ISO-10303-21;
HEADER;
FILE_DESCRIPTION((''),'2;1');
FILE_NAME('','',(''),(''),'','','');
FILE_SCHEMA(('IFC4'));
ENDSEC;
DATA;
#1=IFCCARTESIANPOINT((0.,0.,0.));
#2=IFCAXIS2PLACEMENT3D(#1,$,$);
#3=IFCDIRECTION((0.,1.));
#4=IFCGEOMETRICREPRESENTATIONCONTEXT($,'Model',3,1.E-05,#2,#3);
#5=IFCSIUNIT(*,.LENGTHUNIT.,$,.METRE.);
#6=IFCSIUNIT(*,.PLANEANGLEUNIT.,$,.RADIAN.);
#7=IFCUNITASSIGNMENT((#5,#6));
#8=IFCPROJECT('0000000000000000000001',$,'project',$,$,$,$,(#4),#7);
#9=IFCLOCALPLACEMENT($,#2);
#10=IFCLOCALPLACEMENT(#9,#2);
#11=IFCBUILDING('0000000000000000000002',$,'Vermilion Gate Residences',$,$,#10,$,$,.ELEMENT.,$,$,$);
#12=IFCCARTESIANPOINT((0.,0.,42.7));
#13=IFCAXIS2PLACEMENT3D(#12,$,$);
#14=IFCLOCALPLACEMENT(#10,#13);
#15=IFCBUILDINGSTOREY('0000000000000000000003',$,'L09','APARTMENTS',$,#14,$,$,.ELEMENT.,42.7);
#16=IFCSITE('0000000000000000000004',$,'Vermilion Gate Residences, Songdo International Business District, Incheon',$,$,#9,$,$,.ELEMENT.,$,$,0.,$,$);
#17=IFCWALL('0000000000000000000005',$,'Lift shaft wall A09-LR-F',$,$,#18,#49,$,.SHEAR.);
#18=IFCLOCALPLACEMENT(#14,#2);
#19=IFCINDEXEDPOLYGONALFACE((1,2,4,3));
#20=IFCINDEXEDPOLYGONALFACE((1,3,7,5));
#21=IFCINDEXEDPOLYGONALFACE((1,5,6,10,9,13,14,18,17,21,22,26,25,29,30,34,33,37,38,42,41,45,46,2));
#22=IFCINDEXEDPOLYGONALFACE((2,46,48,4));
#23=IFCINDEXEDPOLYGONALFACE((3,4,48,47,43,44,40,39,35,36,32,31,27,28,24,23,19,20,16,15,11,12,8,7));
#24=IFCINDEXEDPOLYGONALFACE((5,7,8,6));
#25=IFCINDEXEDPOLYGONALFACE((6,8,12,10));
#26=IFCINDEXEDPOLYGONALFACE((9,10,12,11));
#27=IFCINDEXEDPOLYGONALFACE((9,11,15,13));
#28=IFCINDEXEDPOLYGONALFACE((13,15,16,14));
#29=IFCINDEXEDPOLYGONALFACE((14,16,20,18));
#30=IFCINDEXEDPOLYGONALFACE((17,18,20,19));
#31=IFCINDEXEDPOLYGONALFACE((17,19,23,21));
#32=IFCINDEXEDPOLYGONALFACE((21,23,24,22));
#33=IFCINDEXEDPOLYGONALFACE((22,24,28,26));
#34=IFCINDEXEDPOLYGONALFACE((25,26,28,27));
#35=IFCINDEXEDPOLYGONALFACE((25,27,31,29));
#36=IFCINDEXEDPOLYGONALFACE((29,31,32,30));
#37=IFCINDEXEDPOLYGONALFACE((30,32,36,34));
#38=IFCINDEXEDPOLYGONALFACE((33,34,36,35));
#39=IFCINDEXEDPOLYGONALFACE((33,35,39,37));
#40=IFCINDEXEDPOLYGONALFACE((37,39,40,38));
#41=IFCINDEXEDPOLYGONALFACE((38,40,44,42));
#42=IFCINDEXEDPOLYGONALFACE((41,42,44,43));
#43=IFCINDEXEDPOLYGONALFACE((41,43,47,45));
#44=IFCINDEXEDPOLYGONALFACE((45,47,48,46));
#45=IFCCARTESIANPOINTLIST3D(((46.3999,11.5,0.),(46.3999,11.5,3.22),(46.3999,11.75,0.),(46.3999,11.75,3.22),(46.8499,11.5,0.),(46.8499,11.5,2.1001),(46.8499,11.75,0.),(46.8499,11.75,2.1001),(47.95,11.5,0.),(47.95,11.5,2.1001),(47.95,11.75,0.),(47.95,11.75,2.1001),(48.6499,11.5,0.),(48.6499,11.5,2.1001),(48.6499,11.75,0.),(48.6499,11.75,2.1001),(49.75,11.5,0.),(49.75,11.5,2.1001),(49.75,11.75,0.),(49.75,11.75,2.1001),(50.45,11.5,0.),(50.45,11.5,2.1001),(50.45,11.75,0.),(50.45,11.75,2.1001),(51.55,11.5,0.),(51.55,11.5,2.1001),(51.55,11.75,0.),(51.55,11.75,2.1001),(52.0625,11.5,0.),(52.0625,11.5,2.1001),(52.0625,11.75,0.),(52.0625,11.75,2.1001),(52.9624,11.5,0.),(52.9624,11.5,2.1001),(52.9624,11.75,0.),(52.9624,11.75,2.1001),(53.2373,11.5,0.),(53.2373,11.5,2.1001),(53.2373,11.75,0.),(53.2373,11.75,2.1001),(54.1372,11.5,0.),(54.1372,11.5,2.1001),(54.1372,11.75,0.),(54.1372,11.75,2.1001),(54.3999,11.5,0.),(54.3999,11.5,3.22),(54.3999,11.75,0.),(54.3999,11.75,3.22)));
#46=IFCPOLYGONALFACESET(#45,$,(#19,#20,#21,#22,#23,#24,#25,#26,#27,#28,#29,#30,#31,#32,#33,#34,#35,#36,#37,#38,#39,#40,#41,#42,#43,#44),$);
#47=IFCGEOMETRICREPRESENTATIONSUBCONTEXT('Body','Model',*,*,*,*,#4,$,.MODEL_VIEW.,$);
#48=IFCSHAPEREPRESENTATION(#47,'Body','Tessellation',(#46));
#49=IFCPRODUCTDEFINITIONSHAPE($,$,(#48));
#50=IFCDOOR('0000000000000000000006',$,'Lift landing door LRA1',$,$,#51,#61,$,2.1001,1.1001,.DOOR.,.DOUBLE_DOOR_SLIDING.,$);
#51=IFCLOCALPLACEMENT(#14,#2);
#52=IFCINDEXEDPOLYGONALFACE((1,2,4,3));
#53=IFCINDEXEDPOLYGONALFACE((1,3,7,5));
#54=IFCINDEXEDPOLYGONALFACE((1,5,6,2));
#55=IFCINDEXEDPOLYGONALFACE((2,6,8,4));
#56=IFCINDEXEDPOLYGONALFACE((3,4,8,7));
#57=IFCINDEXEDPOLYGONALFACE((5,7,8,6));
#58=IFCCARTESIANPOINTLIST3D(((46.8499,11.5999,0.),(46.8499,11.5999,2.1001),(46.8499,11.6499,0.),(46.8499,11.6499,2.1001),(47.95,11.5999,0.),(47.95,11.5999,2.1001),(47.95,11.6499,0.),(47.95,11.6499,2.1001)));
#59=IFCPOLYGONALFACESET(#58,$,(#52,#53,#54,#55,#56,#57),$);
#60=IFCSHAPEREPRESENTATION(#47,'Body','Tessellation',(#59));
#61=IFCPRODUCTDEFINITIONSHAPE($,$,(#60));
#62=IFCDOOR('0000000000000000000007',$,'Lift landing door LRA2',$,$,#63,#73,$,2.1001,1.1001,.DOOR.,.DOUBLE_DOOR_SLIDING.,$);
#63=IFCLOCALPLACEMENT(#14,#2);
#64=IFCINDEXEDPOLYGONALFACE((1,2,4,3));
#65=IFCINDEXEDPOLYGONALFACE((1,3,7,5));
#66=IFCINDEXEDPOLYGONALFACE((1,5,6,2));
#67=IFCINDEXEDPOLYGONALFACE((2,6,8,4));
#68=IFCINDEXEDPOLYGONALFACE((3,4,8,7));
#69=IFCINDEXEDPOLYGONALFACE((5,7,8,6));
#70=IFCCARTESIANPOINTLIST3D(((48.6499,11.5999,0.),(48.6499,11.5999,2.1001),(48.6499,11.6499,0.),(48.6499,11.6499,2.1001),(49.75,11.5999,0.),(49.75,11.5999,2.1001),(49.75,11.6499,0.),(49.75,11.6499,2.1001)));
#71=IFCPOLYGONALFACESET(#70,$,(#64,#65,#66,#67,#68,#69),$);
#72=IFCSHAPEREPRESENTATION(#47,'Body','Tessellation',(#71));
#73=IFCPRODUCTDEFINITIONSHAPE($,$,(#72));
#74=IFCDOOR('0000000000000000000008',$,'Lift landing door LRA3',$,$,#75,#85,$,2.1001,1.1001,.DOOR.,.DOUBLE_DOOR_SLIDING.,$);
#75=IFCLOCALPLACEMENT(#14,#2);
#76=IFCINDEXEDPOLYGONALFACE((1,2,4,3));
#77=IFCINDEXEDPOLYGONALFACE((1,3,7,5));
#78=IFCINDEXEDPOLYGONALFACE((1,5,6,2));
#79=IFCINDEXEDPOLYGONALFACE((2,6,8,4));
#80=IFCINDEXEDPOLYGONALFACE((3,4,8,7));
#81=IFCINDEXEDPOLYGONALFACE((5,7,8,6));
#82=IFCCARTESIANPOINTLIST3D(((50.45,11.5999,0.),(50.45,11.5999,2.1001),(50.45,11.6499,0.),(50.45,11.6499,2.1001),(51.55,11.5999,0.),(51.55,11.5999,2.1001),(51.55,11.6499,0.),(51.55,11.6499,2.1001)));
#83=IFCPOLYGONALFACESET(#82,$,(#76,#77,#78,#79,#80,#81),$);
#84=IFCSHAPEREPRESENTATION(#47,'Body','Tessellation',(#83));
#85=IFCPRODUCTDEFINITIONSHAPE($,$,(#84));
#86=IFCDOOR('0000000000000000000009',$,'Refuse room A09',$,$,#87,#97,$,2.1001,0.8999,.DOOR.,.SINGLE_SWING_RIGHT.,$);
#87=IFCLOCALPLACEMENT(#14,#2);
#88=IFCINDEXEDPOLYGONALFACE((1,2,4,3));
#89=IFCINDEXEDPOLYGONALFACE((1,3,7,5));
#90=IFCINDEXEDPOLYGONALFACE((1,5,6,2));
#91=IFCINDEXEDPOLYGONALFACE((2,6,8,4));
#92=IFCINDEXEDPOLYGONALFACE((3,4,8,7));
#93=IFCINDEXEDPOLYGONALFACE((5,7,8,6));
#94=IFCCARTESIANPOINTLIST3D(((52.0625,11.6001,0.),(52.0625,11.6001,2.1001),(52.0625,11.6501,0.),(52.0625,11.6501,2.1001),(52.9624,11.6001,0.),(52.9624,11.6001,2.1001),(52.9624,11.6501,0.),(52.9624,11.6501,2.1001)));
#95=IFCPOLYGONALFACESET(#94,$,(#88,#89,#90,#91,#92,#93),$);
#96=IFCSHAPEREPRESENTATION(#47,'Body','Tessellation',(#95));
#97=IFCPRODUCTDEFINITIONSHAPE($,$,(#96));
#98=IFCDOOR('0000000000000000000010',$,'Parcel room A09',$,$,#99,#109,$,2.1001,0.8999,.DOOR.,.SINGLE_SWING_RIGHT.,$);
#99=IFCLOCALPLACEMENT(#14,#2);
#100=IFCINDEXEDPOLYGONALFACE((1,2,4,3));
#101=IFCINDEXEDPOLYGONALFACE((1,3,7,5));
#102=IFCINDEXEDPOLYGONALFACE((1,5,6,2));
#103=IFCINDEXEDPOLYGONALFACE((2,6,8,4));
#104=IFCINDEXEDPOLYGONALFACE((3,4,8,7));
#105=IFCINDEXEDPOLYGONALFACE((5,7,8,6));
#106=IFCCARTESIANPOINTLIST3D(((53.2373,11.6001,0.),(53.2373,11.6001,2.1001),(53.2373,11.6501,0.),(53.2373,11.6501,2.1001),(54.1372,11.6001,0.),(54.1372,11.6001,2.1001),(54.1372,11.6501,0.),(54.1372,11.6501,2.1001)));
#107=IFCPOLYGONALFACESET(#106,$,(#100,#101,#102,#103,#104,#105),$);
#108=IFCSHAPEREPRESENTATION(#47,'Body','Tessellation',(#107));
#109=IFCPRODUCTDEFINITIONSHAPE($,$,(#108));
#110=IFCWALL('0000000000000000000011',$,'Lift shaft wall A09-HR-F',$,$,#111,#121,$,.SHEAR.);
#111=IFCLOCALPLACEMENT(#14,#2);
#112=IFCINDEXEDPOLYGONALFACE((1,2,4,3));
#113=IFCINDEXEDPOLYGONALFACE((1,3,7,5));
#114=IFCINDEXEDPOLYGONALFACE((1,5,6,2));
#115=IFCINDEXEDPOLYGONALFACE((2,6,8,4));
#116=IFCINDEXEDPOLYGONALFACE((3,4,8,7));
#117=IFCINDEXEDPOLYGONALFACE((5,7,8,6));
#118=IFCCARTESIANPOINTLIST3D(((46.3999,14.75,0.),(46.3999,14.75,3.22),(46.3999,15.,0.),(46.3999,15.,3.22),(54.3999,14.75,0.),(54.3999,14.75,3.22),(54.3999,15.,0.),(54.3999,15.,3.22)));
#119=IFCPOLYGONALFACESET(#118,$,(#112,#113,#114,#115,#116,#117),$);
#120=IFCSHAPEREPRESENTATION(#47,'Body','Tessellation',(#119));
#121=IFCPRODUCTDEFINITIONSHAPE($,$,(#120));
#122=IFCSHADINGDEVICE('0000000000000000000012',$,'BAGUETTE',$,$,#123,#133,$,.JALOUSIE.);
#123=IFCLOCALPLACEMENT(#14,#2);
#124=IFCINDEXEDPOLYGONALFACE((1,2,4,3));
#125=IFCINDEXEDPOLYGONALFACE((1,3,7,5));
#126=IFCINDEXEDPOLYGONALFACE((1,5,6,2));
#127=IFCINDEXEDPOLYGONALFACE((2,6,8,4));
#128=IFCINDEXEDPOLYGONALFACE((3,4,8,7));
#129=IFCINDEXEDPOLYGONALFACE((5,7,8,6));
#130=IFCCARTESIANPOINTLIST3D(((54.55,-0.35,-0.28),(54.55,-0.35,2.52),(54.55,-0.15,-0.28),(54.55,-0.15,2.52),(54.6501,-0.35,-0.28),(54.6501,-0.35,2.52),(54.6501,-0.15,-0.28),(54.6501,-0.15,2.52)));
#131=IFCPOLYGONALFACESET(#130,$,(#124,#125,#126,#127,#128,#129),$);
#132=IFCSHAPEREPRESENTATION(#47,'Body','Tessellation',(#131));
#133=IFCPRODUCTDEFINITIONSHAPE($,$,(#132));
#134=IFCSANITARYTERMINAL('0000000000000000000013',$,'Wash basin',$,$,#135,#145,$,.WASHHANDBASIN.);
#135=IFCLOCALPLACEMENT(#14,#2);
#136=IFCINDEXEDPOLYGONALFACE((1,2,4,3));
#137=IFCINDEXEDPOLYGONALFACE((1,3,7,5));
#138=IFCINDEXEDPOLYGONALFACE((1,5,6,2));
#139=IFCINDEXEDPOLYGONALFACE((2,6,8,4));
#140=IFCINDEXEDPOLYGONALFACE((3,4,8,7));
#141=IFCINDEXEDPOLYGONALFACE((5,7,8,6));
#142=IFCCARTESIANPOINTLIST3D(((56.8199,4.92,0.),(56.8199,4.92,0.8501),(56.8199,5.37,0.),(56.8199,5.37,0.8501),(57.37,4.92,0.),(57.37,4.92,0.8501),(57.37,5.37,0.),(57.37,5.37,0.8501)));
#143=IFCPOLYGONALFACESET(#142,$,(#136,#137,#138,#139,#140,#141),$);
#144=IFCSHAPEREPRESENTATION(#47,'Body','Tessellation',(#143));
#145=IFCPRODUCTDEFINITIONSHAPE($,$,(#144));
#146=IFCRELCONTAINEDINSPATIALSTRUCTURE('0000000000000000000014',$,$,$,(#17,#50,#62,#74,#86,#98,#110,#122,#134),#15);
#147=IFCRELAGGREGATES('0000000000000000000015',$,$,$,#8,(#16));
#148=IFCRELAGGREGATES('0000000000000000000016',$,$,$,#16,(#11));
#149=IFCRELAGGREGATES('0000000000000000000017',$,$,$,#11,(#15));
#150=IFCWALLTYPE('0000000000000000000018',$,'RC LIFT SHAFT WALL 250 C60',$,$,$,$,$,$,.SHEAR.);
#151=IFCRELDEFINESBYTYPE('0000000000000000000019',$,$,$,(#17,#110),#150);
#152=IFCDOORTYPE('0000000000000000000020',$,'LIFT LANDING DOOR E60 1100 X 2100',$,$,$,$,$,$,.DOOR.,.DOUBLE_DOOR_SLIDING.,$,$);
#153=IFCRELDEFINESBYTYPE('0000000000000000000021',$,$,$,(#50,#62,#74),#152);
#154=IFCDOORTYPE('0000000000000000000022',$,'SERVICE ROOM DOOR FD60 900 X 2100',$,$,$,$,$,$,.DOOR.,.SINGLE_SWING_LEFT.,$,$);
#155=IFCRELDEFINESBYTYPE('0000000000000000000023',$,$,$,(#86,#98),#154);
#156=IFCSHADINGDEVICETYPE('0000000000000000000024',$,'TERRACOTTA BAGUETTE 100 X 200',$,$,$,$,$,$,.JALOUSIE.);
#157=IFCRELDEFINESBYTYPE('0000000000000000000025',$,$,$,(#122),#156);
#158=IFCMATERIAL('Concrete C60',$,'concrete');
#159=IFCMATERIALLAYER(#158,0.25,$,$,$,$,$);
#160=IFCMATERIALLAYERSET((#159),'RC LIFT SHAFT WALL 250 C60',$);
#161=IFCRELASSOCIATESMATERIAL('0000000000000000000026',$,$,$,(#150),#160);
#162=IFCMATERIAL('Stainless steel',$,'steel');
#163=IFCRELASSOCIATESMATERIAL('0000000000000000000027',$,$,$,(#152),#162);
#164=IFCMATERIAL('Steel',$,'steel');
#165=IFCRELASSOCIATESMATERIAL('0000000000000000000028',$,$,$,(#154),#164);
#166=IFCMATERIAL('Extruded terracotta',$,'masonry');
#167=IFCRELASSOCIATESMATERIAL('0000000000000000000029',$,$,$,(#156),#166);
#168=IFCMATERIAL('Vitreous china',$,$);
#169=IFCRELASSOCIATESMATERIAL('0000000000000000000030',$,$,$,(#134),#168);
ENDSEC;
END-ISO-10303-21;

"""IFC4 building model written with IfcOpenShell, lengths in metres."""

from ifc_helpers import new_model, si_unit, direction, frame, frame_2d, origin, origin_2d, place, context, subcontext, project, spatial, rectangle, extrude, material, layer, layer_set, material_profile, profile_set, type_object, element, fill, save


model = new_model("IFC4")

# Units and contexts
model_context = context("Model", 3, precision=1e-05, world=origin(), true_north=direction((0.0, 1.0)))
body_context = subcontext(model_context, "Body", "Model", "MODEL_VIEW")
ifc_project = project(units=[si_unit("LENGTHUNIT", "METRE"), si_unit("PLANEANGLEUNIT", "RADIAN")], contexts=[model_context])

# Site, building, storey
site_placement = place(None, origin())
site = spatial("IfcSite", under=ifc_project, at=site_placement, Name="Vermilion Gate Residences, Songdo International Business District, Incheon", CompositionType="ELEMENT", RefElevation=0.0)
building_placement = place(site_placement, origin())
building = spatial("IfcBuilding", under=site, at=building_placement, Name="Vermilion Gate Residences", CompositionType="ELEMENT")
storey_placement = place(building_placement, frame((0.0, 0.0, 42.7)))
storey = spatial("IfcBuildingStorey", under=building, at=storey_placement, Name="L09", Description="APARTMENTS", CompositionType="ELEMENT", Elevation=42.7)

# Wall, openings, doors
ifc_material_1 = material(Name="Concrete C60", Category="concrete")
ifc_layer_1 = layer(ifc_material_1, 0.25)
ifc_layer_set_1 = layer_set([ifc_layer_1], Name="RC LIFT SHAFT WALL 250 C60")
wall_type_1 = type_object("IfcWallType", Name="RC LIFT SHAFT WALL 250 C60", PredefinedType="SHEAR", material=ifc_layer_set_1)
wall_1_placement = place(storey_placement, frame((46.3999, 11.625, 0.0), z_axis=(0.0, 0.0, 1.0), x_axis=(1.0, 0.0, 0.0)))
wall_1 = element("IfcWall", 1, at=wall_1_placement, inside=storey, type_object=wall_type_1, Name="Lift shaft wall A09-LR-F", PredefinedType="SHEAR", context=body_context, shape_type="SweptSolid", body=[
    extrude(rectangle(XDim=8.0, YDim=0.25, at=frame_2d((4.0, 0.0))), origin(), (0.0, 0.0, 1.0), 3.22),
])
opening_1_placement = place(wall_1_placement, frame((0.45, 0.0, 0.0)))
opening_1 = element("IfcOpeningElement", 2, at=opening_1_placement, cuts=wall_1, PredefinedType="OPENING", context=body_context, shape_type="SweptSolid", body=[
    extrude(rectangle(XDim=1.1001, YDim=2.1001, at=frame_2d((0.55, 1.05))), frame((0.0, 0.135, 0.0), z_axis=(0.0, -1.0, 0.0), x_axis=(1.0, 0.0, 0.0)), (0.0, 0.0, 1.0), 0.27),
])
opening_2_placement = place(wall_1_placement, frame((2.25, 0.0, 0.0)))
opening_2 = element("IfcOpeningElement", 3, at=opening_2_placement, cuts=wall_1, PredefinedType="OPENING", context=body_context, shape_type="SweptSolid", body=[
    extrude(rectangle(XDim=1.1001, YDim=2.1001, at=frame_2d((0.55, 1.05))), frame((0.0, 0.135, 0.0), z_axis=(0.0, -1.0, 0.0), x_axis=(1.0, 0.0, 0.0)), (0.0, 0.0, 1.0), 0.27),
])
opening_3_placement = place(wall_1_placement, frame((4.05, 0.0, 0.0)))
opening_3 = element("IfcOpeningElement", 4, at=opening_3_placement, cuts=wall_1, PredefinedType="OPENING", context=body_context, shape_type="SweptSolid", body=[
    extrude(rectangle(XDim=1.1001, YDim=2.1001, at=frame_2d((0.55, 1.05))), frame((0.0, 0.135, 0.0), z_axis=(0.0, -1.0, 0.0), x_axis=(1.0, 0.0, 0.0)), (0.0, 0.0, 1.0), 0.27),
])
opening_4_placement = place(wall_1_placement, frame((5.6626, 0.0, 0.0)))
opening_4 = element("IfcOpeningElement", 5, at=opening_4_placement, cuts=wall_1, PredefinedType="OPENING", context=body_context, shape_type="SweptSolid", body=[
    extrude(rectangle(XDim=0.8999, YDim=2.1001, at=frame_2d((0.45, 1.05))), frame((0.0, 0.135, 0.0), z_axis=(0.0, -1.0, 0.0), x_axis=(1.0, 0.0, 0.0)), (0.0, 0.0, 1.0), 0.27),
])
opening_5_placement = place(wall_1_placement, frame((6.8374, 0.0, 0.0)))
opening_5 = element("IfcOpeningElement", 6, at=opening_5_placement, cuts=wall_1, PredefinedType="OPENING", context=body_context, shape_type="SweptSolid", body=[
    extrude(rectangle(XDim=0.8999, YDim=2.1001, at=frame_2d((0.45, 1.05))), frame((0.0, 0.135, 0.0), z_axis=(0.0, -1.0, 0.0), x_axis=(1.0, 0.0, 0.0)), (0.0, 0.0, 1.0), 0.27),
])
ifc_material_2 = material(Name="Stainless steel", Category="steel")
door_type_1 = type_object("IfcDoorType", Name="LIFT LANDING DOOR E60 1100 X 2100", OperationType="DOUBLE_DOOR_SLIDING", PredefinedType="DOOR", material=ifc_material_2)
door_1_placement = place(opening_1_placement, origin())
door_1 = element("IfcDoor", 7, at=door_1_placement, inside=storey, type_object=door_type_1, Name="Lift landing door LRA1", OperationType="DOUBLE_DOOR_SLIDING", OverallHeight=2.1001, OverallWidth=1.1001, PredefinedType="DOOR", context=body_context, shape_type="SweptSolid", body=[
    extrude(rectangle(XDim=1.1001, YDim=2.1001, at=frame_2d((0.55, 1.05))), frame((0.0, 0.0249, 0.0), z_axis=(0.0, -1.0, 0.0), x_axis=(1.0, 0.0, 0.0)), (0.0, 0.0, 1.0), 0.05),
])
fill(opening_1, door_1)
door_2_placement = place(opening_2_placement, origin())
door_2 = element("IfcDoor", 8, at=door_2_placement, inside=storey, type_object=door_type_1, Name="Lift landing door LRA2", OperationType="DOUBLE_DOOR_SLIDING", OverallHeight=2.1001, OverallWidth=1.1001, PredefinedType="DOOR", context=body_context, shape_type="SweptSolid", body=[
    extrude(rectangle(XDim=1.1001, YDim=2.1001, at=frame_2d((0.55, 1.05))), frame((0.0, 0.0249, 0.0), z_axis=(0.0, -1.0, 0.0), x_axis=(1.0, 0.0, 0.0)), (0.0, 0.0, 1.0), 0.05),
])
fill(opening_2, door_2)
door_3_placement = place(opening_3_placement, origin())
door_3 = element("IfcDoor", 9, at=door_3_placement, inside=storey, type_object=door_type_1, Name="Lift landing door LRA3", OperationType="DOUBLE_DOOR_SLIDING", OverallHeight=2.1001, OverallWidth=1.1001, PredefinedType="DOOR", context=body_context, shape_type="SweptSolid", body=[
    extrude(rectangle(XDim=1.1001, YDim=2.1001, at=frame_2d((0.55, 1.05))), frame((0.0, 0.0249, 0.0), z_axis=(0.0, -1.0, 0.0), x_axis=(1.0, 0.0, 0.0)), (0.0, 0.0, 1.0), 0.05),
])
fill(opening_3, door_3)
ifc_material_3 = material(Name="Steel", Category="steel")
door_type_2 = type_object("IfcDoorType", Name="SERVICE ROOM DOOR FD60 900 X 2100", OperationType="SINGLE_SWING_LEFT", PredefinedType="DOOR", material=ifc_material_3)
door_4_placement = place(opening_4_placement, frame((0.8999, 0.0, 0.0), z_axis=(0.0, 0.0, 1.0), x_axis=(-1.0, 0.0, 0.0)))
door_4 = element("IfcDoor", 10, at=door_4_placement, inside=storey, type_object=door_type_2, Name="Refuse room A09", OperationType="SINGLE_SWING_RIGHT", OverallHeight=2.1001, OverallWidth=0.8999, PredefinedType="DOOR", context=body_context, shape_type="SweptSolid", body=[
    extrude(rectangle(XDim=0.8999, YDim=2.1001, at=frame_2d((0.45, 1.05))), frame((0.0, 0.0249, 0.0), z_axis=(0.0, -1.0, 0.0), x_axis=(1.0, 0.0, 0.0)), (0.0, 0.0, 1.0), 0.05),
])
fill(opening_4, door_4)
door_5_placement = place(opening_5_placement, frame((0.8999, 0.0, 0.0), z_axis=(0.0, 0.0, 1.0), x_axis=(-1.0, 0.0, 0.0)))
door_5 = element("IfcDoor", 11, at=door_5_placement, inside=storey, type_object=door_type_2, Name="Parcel room A09", OperationType="SINGLE_SWING_RIGHT", OverallHeight=2.1001, OverallWidth=0.8999, PredefinedType="DOOR", context=body_context, shape_type="SweptSolid", body=[
    extrude(rectangle(XDim=0.8999, YDim=2.1001, at=frame_2d((0.45, 1.05))), frame((0.0, 0.0249, 0.0), z_axis=(0.0, -1.0, 0.0), x_axis=(1.0, 0.0, 0.0)), (0.0, 0.0, 1.0), 0.05),
])
fill(opening_5, door_5)

# Wall
wall_2_placement = place(storey_placement, frame((46.3999, 14.875, 0.0), z_axis=(0.0, 0.0, 1.0), x_axis=(1.0, 0.0, 0.0)))
element("IfcWall", 12, at=wall_2_placement, inside=storey, type_object=wall_type_1, Name="Lift shaft wall A09-HR-F", PredefinedType="SHEAR", context=body_context, shape_type="SweptSolid", body=[
    extrude(rectangle(XDim=8.0, YDim=0.25, at=frame_2d((4.0, 0.0))), origin(), (0.0, 0.0, 1.0), 3.22),
])

# Shading device
ifc_material_4 = material(Name="Extruded terracotta", Category="masonry")
ifc_material_profile_1 = material_profile(ifc_material_4, rectangle(XDim=0.2, YDim=0.1001, at=origin_2d()), Name="BAGUETTE 100 X 200")
ifc_profile_set_1 = profile_set([ifc_material_profile_1], Name="Extruded terracotta")
shading_device_type = type_object("IfcShadingDeviceType", Name="TERRACOTTA BAGUETTE 100 X 200", PredefinedType="JALOUSIE", material=ifc_profile_set_1)
shading_device_placement = place(storey_placement, frame((54.6001, -0.25, -0.28), z_axis=(0.0, 0.0, 1.0), x_axis=(0.0, 1.0, 0.0)))
element("IfcShadingDevice", 13, at=shading_device_placement, inside=storey, type_object=shading_device_type, Name="BAGUETTE", PredefinedType="JALOUSIE", context=body_context, shape_type="SweptSolid", body=[
    extrude(rectangle(XDim=0.2, YDim=0.1001, at=origin_2d()), origin(), (0.0, 0.0, 1.0), 2.8),
])

# Sanitary terminal
ifc_material_5 = material(Name="Vitreous china")
sanitary_terminal_placement = place(storey_placement, frame((57.095, 5.145, 0.0), z_axis=(0.0, 0.0, 1.0), x_axis=(1.0, 0.0, 0.0)))
element("IfcSanitaryTerminal", 14, at=sanitary_terminal_placement, inside=storey, material=ifc_material_5, Name="Wash basin", PredefinedType="WASHHANDBASIN", context=body_context, shape_type="SweptSolid", body=[
    extrude(rectangle(XDim=0.55, YDim=0.45, at=origin_2d()), origin(), (0.0, 0.0, 1.0), 0.8501),
])

save(model, "model.ifc")
